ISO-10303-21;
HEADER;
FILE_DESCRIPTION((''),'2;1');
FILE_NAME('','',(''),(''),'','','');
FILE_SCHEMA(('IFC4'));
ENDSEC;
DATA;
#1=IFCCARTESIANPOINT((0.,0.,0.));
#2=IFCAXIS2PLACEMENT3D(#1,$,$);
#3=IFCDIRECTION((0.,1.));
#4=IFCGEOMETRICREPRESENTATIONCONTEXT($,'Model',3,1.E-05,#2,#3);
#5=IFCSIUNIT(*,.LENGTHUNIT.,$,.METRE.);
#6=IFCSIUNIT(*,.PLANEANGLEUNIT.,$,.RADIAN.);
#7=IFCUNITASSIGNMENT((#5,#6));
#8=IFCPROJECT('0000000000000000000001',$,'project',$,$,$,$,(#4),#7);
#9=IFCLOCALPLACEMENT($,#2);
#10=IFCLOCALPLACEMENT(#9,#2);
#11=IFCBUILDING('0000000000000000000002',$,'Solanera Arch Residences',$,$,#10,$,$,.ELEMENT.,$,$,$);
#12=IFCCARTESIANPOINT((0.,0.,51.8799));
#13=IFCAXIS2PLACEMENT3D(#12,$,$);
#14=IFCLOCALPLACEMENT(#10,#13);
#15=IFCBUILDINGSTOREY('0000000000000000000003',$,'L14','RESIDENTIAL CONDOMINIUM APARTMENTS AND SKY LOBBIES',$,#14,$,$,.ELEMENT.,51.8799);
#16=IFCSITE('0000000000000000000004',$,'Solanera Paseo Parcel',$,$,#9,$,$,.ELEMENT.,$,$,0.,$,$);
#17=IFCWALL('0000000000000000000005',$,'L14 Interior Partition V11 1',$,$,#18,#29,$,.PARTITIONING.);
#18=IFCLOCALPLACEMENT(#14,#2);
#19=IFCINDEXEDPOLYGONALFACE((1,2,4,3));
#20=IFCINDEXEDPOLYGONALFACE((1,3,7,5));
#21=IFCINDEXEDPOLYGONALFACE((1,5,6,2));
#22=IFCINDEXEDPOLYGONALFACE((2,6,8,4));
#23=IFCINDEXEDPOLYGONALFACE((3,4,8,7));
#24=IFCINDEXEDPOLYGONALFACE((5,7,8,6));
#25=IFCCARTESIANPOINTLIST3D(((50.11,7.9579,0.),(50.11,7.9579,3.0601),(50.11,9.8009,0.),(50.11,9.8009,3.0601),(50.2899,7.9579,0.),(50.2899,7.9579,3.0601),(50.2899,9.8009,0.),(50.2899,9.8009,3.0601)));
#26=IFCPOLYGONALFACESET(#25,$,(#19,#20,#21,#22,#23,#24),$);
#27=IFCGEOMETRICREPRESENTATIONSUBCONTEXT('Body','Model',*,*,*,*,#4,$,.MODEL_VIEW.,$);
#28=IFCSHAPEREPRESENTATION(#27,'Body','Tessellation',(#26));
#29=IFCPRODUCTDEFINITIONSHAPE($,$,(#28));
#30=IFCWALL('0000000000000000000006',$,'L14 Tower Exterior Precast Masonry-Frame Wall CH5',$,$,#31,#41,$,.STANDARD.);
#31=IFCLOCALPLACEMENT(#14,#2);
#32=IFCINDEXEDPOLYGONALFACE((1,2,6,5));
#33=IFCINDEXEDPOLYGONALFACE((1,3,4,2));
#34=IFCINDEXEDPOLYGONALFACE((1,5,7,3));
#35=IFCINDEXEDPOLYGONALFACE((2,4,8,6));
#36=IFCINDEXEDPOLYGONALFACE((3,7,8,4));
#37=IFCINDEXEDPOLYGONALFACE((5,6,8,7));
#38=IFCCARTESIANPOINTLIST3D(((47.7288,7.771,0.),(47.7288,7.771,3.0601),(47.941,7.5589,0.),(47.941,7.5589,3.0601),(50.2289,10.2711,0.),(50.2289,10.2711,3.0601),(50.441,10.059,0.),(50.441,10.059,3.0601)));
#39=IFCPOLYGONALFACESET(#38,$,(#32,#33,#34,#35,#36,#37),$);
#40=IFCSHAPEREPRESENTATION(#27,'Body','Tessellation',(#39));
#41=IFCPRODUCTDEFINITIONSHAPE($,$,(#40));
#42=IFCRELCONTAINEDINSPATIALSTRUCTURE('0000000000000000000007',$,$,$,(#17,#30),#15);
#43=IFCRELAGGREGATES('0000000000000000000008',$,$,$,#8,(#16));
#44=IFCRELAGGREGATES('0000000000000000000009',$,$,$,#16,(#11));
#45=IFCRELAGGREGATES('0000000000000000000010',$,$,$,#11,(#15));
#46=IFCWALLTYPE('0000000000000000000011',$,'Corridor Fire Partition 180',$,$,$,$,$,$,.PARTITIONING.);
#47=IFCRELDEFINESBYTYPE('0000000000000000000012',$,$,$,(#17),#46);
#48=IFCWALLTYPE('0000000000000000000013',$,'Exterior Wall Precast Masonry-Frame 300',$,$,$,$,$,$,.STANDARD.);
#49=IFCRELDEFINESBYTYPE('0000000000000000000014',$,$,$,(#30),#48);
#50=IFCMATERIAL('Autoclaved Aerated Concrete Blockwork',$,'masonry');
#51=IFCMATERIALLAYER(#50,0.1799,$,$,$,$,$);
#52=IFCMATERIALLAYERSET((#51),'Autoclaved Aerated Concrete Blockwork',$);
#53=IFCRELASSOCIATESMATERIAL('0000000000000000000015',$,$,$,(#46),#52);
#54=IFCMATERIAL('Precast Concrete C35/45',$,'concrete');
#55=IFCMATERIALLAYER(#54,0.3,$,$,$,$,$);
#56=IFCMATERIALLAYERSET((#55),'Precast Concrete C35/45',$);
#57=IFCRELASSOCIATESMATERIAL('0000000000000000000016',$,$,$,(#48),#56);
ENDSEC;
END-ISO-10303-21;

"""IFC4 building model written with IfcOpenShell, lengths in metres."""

from ifc_helpers import new_model, si_unit, direction, frame, frame_2d, origin, place, context, subcontext, project, spatial, rectangle, extrude, material, layer, layer_set, type_object, element, save


model = new_model("IFC4")

# Units and contexts
model_context = context("Model", 3, precision=1e-05, world=origin(), true_north=direction((0.0, 1.0)))
body_context = subcontext(model_context, "Body", "Model", "MODEL_VIEW")
ifc_project = project(units=[si_unit("LENGTHUNIT", "METRE"), si_unit("PLANEANGLEUNIT", "RADIAN")], contexts=[model_context])

# Site, building, storey
site_placement = place(None, origin())
site = spatial("IfcSite", under=ifc_project, at=site_placement, Name="Solanera Paseo Parcel", CompositionType="ELEMENT", RefElevation=0.0)
building_placement = place(site_placement, origin())
building = spatial("IfcBuilding", under=site, at=building_placement, Name="Solanera Arch Residences", CompositionType="ELEMENT")
storey_placement = place(building_placement, frame((0.0, 0.0, 51.8799)))
storey = spatial("IfcBuildingStorey", under=building, at=storey_placement, Name="L14", Description="RESIDENTIAL CONDOMINIUM APARTMENTS AND SKY LOBBIES", CompositionType="ELEMENT", Elevation=51.8799)

# Walls
ifc_material_1 = material(Name="Autoclaved Aerated Concrete Blockwork", Category="masonry")
ifc_layer_1 = layer(ifc_material_1, 0.1799)
ifc_layer_set_1 = layer_set([ifc_layer_1], Name="Autoclaved Aerated Concrete Blockwork")
wall_type_1 = type_object("IfcWallType", Name="Corridor Fire Partition 180", PredefinedType="PARTITIONING", material=ifc_layer_set_1)
wall_1_placement = place(storey_placement, frame((50.2, 7.958, 0.0), z_axis=(0.0, 0.0, 1.0), x_axis=(0.0, 1.0, 0.0)))
element("IfcWall", 1, at=wall_1_placement, inside=storey, type_object=wall_type_1, Name="L14 Interior Partition V11 1", PredefinedType="PARTITIONING", context=body_context, shape_type="SweptSolid", body=[
    extrude(rectangle(XDim=1.843, YDim=0.1799, at=frame_2d((0.9214, 0.0))), origin(), (0.0, 0.0, 1.0), 3.0601),
])
ifc_material_2 = material(Name="Precast Concrete C35/45", Category="concrete")
ifc_layer_2 = layer(ifc_material_2, 0.3)
ifc_layer_set_2 = layer_set([ifc_layer_2], Name="Precast Concrete C35/45")
wall_type_2 = type_object("IfcWallType", Name="Exterior Wall Precast Masonry-Frame 300", PredefinedType="STANDARD", material=ifc_layer_set_2)
wall_2_placement = place(storey_placement, frame((50.335, 10.165, 0.0), z_axis=(0.0, 0.0, 1.0), x_axis=(-0.707107, -0.707107, 0.0)))
element("IfcWall", 2, at=wall_2_placement, inside=storey, type_object=wall_type_2, Name="L14 Tower Exterior Precast Masonry-Frame Wall CH5", PredefinedType="STANDARD", context=body_context, shape_type="SweptSolid", body=[
    extrude(rectangle(XDim=3.5356, YDim=0.3, at=frame_2d((1.7678, 0.0))), origin(), (0.0, 0.0, 1.0), 3.0601),
])

save(model, "model.ifc")
